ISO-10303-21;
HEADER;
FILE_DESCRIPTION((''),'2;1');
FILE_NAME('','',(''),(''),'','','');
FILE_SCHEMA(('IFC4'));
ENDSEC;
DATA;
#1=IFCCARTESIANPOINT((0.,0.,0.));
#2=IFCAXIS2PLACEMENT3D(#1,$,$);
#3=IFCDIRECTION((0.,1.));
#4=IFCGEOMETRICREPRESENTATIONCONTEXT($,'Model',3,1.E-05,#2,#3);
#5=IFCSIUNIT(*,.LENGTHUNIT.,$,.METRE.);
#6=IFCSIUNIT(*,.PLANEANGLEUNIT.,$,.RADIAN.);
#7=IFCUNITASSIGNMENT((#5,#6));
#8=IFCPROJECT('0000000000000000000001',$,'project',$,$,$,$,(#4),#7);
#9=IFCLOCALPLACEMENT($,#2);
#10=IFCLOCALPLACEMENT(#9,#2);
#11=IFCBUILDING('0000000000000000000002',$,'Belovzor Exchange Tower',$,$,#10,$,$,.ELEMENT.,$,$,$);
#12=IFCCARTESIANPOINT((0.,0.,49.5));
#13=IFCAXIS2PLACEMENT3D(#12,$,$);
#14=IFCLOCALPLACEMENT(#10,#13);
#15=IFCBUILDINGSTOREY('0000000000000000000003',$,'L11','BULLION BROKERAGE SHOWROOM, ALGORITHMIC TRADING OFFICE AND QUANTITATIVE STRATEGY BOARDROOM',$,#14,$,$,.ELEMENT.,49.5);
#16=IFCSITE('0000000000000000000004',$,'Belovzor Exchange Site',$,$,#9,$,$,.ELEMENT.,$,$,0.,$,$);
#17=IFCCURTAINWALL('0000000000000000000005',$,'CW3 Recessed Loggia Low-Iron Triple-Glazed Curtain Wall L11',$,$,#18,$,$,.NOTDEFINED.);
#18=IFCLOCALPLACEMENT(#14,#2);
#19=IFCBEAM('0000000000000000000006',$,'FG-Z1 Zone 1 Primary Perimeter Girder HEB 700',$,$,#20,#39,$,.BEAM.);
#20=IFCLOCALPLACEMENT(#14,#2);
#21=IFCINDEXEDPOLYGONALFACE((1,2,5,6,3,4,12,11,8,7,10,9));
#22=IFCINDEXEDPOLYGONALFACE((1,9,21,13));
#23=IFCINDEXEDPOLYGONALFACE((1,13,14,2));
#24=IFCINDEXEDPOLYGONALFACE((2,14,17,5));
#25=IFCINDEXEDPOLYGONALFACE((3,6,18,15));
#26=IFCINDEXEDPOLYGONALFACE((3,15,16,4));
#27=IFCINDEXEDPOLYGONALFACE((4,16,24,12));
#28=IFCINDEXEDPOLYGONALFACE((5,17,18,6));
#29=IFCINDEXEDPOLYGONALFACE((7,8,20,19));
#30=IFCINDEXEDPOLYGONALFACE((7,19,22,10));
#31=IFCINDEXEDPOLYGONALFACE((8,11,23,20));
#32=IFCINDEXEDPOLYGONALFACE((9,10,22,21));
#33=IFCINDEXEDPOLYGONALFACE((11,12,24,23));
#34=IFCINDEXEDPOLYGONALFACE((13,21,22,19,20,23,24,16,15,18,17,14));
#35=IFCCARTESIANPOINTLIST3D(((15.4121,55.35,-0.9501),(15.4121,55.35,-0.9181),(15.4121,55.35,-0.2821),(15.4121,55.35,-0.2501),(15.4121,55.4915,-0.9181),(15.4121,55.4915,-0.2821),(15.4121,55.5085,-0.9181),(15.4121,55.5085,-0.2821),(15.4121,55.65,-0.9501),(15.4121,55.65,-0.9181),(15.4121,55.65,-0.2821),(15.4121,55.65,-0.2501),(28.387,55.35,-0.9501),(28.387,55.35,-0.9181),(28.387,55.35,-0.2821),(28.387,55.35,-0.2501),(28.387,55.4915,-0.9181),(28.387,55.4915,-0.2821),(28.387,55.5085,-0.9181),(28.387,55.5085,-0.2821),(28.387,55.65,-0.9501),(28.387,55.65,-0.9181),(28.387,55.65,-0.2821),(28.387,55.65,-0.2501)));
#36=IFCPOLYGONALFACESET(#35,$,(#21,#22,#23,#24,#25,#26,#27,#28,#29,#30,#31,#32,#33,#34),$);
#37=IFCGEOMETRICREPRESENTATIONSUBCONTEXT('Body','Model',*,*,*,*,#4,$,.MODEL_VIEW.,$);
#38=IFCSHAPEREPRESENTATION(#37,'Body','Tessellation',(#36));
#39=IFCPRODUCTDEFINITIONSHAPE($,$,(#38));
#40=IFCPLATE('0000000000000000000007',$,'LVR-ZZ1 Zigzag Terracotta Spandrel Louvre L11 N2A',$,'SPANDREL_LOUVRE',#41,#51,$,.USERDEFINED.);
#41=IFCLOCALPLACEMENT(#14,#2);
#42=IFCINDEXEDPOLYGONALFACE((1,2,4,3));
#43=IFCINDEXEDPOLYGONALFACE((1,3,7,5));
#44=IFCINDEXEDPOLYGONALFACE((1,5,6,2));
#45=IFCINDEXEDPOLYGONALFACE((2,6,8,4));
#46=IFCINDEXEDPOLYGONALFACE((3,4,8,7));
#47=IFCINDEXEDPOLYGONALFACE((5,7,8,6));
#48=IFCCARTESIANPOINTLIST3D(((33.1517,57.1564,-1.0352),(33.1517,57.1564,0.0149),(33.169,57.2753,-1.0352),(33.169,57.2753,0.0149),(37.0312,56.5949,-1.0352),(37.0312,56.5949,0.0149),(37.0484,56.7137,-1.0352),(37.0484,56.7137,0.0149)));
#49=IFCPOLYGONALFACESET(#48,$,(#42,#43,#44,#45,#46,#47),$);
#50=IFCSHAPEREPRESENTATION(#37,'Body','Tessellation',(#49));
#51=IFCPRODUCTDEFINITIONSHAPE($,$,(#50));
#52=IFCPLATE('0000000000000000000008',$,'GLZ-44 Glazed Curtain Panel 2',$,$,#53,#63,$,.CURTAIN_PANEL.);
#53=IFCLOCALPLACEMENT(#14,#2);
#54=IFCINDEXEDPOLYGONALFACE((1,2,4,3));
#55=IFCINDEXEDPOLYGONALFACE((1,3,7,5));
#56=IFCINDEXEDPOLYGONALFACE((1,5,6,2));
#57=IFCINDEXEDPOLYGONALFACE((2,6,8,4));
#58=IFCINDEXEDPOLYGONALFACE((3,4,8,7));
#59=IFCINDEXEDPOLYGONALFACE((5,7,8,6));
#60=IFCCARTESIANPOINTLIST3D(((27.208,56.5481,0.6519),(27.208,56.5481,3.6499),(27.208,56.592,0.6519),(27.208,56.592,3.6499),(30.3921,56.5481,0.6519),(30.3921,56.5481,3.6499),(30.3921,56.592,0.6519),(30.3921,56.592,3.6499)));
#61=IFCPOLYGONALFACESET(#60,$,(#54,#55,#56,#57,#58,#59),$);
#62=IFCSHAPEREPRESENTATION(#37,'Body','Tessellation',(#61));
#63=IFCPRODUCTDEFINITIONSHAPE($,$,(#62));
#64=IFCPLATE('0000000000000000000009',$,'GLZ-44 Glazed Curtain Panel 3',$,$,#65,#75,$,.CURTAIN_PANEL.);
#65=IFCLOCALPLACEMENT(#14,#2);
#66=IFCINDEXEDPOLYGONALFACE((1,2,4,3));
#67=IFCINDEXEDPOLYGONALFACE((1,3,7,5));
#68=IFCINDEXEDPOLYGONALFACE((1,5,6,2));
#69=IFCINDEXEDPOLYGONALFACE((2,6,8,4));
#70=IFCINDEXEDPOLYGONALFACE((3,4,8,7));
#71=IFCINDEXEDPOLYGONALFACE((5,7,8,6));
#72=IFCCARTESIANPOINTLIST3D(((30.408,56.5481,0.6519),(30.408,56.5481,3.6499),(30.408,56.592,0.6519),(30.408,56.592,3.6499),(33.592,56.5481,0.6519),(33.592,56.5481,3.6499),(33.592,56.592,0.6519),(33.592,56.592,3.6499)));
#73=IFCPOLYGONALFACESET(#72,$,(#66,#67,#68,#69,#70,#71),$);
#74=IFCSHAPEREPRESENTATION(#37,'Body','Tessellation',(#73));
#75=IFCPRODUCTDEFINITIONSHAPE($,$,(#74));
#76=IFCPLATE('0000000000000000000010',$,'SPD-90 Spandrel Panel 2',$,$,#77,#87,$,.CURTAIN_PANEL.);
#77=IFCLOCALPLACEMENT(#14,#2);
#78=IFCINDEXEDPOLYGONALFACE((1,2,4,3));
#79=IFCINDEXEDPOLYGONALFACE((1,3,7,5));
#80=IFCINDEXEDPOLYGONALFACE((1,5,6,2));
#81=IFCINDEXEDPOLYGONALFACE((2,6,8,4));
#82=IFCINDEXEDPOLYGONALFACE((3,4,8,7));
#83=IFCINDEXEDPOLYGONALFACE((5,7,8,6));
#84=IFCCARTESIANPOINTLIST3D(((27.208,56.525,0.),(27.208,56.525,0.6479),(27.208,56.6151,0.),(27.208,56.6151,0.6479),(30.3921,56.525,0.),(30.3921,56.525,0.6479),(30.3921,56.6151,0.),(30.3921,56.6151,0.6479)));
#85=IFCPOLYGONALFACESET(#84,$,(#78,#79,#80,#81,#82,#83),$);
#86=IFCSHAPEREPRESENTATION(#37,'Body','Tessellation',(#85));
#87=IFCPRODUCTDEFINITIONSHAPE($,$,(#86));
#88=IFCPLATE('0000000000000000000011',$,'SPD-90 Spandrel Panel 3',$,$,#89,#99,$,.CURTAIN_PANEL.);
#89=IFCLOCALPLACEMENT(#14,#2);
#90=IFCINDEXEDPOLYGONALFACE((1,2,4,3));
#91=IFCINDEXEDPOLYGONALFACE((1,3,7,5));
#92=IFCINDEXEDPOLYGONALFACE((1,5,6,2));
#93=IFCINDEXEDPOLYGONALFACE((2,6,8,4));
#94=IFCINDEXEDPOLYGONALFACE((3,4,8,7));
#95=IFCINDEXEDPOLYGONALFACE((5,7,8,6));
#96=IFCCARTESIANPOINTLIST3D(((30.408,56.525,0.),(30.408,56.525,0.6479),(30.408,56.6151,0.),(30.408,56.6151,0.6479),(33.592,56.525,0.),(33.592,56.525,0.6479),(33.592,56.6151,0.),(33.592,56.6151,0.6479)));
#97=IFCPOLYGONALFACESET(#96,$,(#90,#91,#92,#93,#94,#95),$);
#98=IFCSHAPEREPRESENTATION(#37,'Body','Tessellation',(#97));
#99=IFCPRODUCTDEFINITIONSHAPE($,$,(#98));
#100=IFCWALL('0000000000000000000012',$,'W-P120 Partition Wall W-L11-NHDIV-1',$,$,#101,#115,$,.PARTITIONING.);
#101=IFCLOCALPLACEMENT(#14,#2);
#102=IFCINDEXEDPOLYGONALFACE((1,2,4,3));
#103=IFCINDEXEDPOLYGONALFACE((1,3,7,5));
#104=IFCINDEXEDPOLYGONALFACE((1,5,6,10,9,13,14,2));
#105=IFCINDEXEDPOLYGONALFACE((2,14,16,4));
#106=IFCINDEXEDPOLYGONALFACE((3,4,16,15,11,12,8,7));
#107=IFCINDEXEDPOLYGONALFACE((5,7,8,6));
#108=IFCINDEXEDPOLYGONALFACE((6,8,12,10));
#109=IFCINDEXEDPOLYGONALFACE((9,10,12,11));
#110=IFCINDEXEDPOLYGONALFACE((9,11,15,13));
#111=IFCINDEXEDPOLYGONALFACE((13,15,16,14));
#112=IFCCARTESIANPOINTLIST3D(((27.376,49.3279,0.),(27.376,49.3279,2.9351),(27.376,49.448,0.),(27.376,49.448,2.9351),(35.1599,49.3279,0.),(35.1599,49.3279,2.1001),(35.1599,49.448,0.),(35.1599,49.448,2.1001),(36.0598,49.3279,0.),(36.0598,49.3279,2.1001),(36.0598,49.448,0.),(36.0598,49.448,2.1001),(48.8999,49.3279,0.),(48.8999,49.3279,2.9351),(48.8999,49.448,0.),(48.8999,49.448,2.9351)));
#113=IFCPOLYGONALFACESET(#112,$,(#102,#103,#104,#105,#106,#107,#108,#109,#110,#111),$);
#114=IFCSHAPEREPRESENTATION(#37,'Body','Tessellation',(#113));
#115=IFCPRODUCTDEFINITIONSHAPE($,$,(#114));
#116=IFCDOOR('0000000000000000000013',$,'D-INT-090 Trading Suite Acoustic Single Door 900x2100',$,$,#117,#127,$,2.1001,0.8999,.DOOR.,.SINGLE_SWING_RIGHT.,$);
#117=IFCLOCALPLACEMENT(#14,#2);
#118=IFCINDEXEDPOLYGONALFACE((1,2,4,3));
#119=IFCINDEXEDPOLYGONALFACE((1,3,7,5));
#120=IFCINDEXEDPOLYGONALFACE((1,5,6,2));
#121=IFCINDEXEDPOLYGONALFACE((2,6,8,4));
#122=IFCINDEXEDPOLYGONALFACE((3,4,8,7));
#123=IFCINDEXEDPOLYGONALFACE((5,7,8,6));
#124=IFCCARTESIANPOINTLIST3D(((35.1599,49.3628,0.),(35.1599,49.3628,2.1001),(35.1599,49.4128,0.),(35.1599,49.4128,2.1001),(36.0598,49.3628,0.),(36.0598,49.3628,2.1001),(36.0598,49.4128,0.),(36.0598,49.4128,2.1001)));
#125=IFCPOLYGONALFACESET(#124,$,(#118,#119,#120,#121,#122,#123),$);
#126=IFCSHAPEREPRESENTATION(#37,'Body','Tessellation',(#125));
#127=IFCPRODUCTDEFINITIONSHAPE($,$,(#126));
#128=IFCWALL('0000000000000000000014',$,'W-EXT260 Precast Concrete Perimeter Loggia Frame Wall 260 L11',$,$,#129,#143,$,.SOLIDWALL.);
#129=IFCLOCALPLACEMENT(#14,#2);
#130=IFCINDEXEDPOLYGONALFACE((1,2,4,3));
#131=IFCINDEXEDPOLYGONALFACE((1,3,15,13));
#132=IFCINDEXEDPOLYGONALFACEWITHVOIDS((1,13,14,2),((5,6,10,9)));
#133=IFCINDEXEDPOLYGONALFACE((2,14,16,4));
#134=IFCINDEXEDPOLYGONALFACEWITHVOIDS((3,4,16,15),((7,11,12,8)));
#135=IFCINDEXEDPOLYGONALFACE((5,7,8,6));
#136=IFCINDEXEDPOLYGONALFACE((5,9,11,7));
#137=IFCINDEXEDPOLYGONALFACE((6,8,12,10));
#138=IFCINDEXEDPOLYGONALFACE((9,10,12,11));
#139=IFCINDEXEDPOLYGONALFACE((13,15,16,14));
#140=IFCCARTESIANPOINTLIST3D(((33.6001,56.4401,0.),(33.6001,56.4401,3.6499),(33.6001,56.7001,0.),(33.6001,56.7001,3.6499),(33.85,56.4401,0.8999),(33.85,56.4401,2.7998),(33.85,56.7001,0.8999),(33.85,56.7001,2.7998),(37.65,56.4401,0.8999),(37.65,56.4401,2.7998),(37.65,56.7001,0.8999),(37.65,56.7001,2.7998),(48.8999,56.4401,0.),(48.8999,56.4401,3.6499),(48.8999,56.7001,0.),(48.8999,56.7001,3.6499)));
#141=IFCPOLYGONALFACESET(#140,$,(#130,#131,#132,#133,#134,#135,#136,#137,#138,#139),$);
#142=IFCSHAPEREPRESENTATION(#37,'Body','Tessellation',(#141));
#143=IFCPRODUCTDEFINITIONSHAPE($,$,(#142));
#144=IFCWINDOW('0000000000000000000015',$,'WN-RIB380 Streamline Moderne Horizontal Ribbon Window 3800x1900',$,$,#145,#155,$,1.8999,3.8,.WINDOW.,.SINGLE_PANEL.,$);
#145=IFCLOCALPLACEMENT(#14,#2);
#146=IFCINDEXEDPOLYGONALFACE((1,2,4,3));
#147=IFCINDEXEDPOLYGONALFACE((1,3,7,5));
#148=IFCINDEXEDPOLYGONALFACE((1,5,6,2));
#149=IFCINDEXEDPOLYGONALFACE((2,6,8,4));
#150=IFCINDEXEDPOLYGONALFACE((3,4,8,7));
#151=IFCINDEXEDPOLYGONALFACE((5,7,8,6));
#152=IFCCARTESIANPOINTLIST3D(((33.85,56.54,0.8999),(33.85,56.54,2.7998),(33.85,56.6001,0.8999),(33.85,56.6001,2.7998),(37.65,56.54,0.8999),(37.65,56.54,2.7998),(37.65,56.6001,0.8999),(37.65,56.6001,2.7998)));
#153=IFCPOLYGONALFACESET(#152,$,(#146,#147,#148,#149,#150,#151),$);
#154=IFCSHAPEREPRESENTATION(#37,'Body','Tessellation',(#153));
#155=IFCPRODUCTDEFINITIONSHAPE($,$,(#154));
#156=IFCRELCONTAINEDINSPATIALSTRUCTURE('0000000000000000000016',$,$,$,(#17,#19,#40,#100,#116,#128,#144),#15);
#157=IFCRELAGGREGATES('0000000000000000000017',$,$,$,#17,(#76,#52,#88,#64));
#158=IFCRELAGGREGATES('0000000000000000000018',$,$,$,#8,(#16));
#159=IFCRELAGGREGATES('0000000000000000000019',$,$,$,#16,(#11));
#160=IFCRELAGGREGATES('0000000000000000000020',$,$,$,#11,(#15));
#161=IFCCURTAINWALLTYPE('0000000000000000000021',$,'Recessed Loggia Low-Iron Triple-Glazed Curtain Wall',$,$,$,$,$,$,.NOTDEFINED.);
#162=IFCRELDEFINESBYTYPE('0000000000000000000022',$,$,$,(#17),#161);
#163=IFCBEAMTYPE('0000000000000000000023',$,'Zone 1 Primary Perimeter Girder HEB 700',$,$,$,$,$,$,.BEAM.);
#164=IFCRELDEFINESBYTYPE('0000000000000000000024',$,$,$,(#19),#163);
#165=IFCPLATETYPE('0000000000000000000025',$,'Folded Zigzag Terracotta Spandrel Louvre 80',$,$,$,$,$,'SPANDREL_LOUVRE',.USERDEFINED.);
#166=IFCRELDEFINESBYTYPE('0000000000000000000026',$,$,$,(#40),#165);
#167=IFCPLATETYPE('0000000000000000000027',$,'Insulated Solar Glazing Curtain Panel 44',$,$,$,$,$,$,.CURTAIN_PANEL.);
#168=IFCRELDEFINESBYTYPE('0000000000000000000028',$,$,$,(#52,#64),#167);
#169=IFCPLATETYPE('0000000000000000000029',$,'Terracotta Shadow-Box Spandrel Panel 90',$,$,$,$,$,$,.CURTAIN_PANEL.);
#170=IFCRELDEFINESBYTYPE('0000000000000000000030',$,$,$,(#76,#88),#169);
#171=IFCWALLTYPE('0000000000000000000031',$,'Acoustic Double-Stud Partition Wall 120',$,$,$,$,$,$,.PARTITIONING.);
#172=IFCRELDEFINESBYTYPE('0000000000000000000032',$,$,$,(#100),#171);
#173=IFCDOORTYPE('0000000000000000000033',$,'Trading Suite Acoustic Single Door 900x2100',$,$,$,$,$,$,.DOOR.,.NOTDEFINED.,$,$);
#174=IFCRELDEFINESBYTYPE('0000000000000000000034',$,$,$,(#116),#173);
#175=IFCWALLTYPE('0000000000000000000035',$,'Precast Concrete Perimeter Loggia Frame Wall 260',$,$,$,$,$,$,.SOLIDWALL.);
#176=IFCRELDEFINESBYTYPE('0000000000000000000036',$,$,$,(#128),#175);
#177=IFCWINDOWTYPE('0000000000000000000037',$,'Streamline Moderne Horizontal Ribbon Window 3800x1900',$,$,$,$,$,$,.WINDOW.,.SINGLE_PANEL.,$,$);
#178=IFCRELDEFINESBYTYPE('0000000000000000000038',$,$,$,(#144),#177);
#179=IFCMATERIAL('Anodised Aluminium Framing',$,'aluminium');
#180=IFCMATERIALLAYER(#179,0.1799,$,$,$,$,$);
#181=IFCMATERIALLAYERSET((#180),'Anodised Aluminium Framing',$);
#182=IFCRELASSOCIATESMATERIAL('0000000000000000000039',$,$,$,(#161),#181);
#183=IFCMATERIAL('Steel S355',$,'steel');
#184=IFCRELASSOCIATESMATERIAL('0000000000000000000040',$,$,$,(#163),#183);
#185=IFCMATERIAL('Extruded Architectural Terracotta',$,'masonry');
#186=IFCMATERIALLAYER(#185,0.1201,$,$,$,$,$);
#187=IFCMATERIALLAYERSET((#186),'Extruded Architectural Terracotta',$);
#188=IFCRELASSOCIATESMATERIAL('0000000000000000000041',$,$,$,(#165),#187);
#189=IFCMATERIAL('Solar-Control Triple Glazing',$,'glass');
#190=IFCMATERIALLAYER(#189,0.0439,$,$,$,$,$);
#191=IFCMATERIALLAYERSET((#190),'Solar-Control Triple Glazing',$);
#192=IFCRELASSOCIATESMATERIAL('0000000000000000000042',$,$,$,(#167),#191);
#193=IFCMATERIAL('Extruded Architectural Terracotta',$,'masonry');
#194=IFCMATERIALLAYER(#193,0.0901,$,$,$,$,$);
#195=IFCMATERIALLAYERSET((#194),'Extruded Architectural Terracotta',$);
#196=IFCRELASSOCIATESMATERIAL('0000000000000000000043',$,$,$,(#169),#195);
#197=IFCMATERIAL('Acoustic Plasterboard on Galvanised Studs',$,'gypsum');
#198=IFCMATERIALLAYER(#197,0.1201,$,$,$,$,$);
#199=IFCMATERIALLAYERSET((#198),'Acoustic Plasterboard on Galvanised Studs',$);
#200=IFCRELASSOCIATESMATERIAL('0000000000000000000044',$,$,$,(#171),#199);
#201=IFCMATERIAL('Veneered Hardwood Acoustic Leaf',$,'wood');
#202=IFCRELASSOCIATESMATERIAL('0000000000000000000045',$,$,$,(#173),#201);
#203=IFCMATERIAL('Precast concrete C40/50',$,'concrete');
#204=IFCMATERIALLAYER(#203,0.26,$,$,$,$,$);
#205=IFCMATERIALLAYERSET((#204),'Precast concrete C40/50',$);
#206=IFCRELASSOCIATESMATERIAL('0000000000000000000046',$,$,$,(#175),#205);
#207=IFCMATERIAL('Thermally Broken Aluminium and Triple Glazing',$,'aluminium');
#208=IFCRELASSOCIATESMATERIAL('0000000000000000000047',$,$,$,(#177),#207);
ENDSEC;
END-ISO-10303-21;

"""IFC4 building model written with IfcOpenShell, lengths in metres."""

from ifc_helpers import new_model, si_unit, direction, frame, frame_2d, origin, origin_2d, place, context, subcontext, project, spatial, rectangle, i_section, extrude, material, layer, layer_set, material_profile, profile_set, type_object, element, fill, aggregate, save


model = new_model("IFC4")

# Units and contexts
model_context = context("Model", 3, precision=1e-05, world=origin(), true_north=direction((0.0, 1.0)))
body_context = subcontext(model_context, "Body", "Model", "MODEL_VIEW")
ifc_project = project(units=[si_unit("LENGTHUNIT", "METRE"), si_unit("PLANEANGLEUNIT", "RADIAN")], contexts=[model_context])

# Site, building, storey
site_placement = place(None, origin())
site = spatial("IfcSite", under=ifc_project, at=site_placement, Name="Belovzor Exchange Site", CompositionType="ELEMENT", RefElevation=0.0)
building_placement = place(site_placement, origin())
building = spatial("IfcBuilding", under=site, at=building_placement, Name="Belovzor Exchange Tower", CompositionType="ELEMENT")
storey_placement = place(building_placement, frame((0.0, 0.0, 49.5)))
storey = spatial("IfcBuildingStorey", under=building, at=storey_placement, Name="L11", Description="BULLION BROKERAGE SHOWROOM, ALGORITHMIC TRADING OFFICE AND QUANTITATIVE STRATEGY BOARDROOM", CompositionType="ELEMENT", Elevation=49.5)

# Curtain wall
ifc_material_1 = material(Name="Anodised Aluminium Framing", Category="aluminium")
ifc_layer_1 = layer(ifc_material_1, 0.1799)
ifc_layer_set_1 = layer_set([ifc_layer_1], Name="Anodised Aluminium Framing")
curtain_wall_type = type_object("IfcCurtainWallType", Name="Recessed Loggia Low-Iron Triple-Glazed Curtain Wall", PredefinedType="NOTDEFINED", material=ifc_layer_set_1)
curtain_wall_placement = place(storey_placement, origin())
curtain_wall = element("IfcCurtainWall", 1, at=curtain_wall_placement, inside=storey, type_object=curtain_wall_type, Name="CW3 Recessed Loggia Low-Iron Triple-Glazed Curtain Wall L11", PredefinedType="NOTDEFINED")

# Beam
ifc_material_2 = material(Name="Steel S355", Category="steel")
ifc_material_profile_1 = material_profile(ifc_material_2, i_section(OverallWidth=0.3, OverallDepth=0.7, WebThickness=0.0171, FlangeThickness=0.032, at=origin_2d()))
ifc_profile_set_1 = profile_set([ifc_material_profile_1], Name="Steel S355")
beam_type_1 = type_object("IfcBeamType", Name="Zone 1 Primary Perimeter Girder HEB 700", PredefinedType="BEAM", material=ifc_profile_set_1)
beam_1_placement = place(storey_placement, frame((28.387, 55.5, -0.6001), z_axis=(-1.0, 0.0, 0.0), x_axis=(0.0, -1.0, 0.0)))
element("IfcBeam", 2, at=beam_1_placement, inside=storey, type_object=beam_type_1, Name="FG-Z1 Zone 1 Primary Perimeter Girder HEB 700", PredefinedType="BEAM", context=body_context, shape_type="SweptSolid", body=[
    extrude(i_section(OverallWidth=0.3, OverallDepth=0.7, WebThickness=0.0171, FlangeThickness=0.032, at=origin_2d()), origin(), (0.0, 0.0, 1.0), 12.9749),
])

# Plates
ifc_material_3 = material(Name="Extruded Architectural Terracotta", Category="masonry")
ifc_layer_2 = layer(ifc_material_3, 0.1201)
ifc_layer_set_2 = layer_set([ifc_layer_2], Name="Extruded Architectural Terracotta")
plate_type_1 = type_object("IfcPlateType", Name="Folded Zigzag Terracotta Spandrel Louvre 80", ElementType="SPANDREL_LOUVRE", PredefinedType="USERDEFINED", material=ifc_layer_set_2)
plate_1_placement = place(storey_placement, frame((35.1001, 56.9351, -1.0352), z_axis=(0.0, 0.0, 1.0), x_axis=(0.989686, -0.143251, 0.0)))
element("IfcPlate", 3, at=plate_1_placement, inside=storey, type_object=plate_type_1, Name="LVR-ZZ1 Zigzag Terracotta Spandrel Louvre L11 N2A", ObjectType="SPANDREL_LOUVRE", PredefinedType="USERDEFINED", context=body_context, shape_type="SweptSolid", body=[
    extrude(rectangle(XDim=3.9199, YDim=0.1201, at=origin_2d()), origin(), (0.0, 0.0, 1.0), 1.05),
])
ifc_material_4 = material(Name="Solar-Control Triple Glazing", Category="glass")
ifc_layer_3 = layer(ifc_material_4, 0.0439)
ifc_layer_set_3 = layer_set([ifc_layer_3], Name="Solar-Control Triple Glazing")
plate_type_2 = type_object("IfcPlateType", Name="Insulated Solar Glazing Curtain Panel 44", PredefinedType="CURTAIN_PANEL", material=ifc_layer_set_3)
plate_2_placement = place(storey_placement, frame((28.8, 56.5701, 0.6519), z_axis=(0.0, 0.0, 1.0), x_axis=(1.0, 0.0, 0.0)))
plate_2 = element("IfcPlate", 4, at=plate_2_placement, type_object=plate_type_2, Name="GLZ-44 Glazed Curtain Panel 2", PredefinedType="CURTAIN_PANEL", context=body_context, shape_type="SweptSolid", body=[
    extrude(rectangle(XDim=3.1841, YDim=0.0439, at=origin_2d()), origin(), (0.0, 0.0, 1.0), 2.998),
])
plate_3_placement = place(storey_placement, frame((32.0, 56.5701, 0.6519), z_axis=(0.0, 0.0, 1.0), x_axis=(1.0, 0.0, 0.0)))
plate_3 = element("IfcPlate", 5, at=plate_3_placement, type_object=plate_type_2, Name="GLZ-44 Glazed Curtain Panel 3", PredefinedType="CURTAIN_PANEL", context=body_context, shape_type="SweptSolid", body=[
    extrude(rectangle(XDim=3.1841, YDim=0.0439, at=origin_2d()), origin(), (0.0, 0.0, 1.0), 2.998),
])
ifc_material_5 = material(Name="Extruded Architectural Terracotta", Category="masonry")
ifc_layer_4 = layer(ifc_material_5, 0.0901)
ifc_layer_set_4 = layer_set([ifc_layer_4], Name="Extruded Architectural Terracotta")
plate_type_3 = type_object("IfcPlateType", Name="Terracotta Shadow-Box Spandrel Panel 90", PredefinedType="CURTAIN_PANEL", material=ifc_layer_set_4)
plate_4_placement = place(storey_placement, frame((28.8, 56.5701, 0.0), z_axis=(0.0, 0.0, 1.0), x_axis=(1.0, 0.0, 0.0)))
plate_4 = element("IfcPlate", 6, at=plate_4_placement, type_object=plate_type_3, Name="SPD-90 Spandrel Panel 2", PredefinedType="CURTAIN_PANEL", context=body_context, shape_type="SweptSolid", body=[
    extrude(rectangle(XDim=3.1841, YDim=0.0901, at=origin_2d()), origin(), (0.0, 0.0, 1.0), 0.6479),
])
plate_5_placement = place(storey_placement, frame((32.0, 56.5701, 0.0), z_axis=(0.0, 0.0, 1.0), x_axis=(1.0, 0.0, 0.0)))
plate_5 = element("IfcPlate", 7, at=plate_5_placement, type_object=plate_type_3, Name="SPD-90 Spandrel Panel 3", PredefinedType="CURTAIN_PANEL", context=body_context, shape_type="SweptSolid", body=[
    extrude(rectangle(XDim=3.1841, YDim=0.0901, at=origin_2d()), origin(), (0.0, 0.0, 1.0), 0.6479),
])
aggregate(curtain_wall, [plate_4, plate_2, plate_5, plate_3])

# Wall, opening, door
ifc_material_6 = material(Name="Acoustic Plasterboard on Galvanised Studs", Category="gypsum")
ifc_layer_5 = layer(ifc_material_6, 0.1201)
ifc_layer_set_5 = layer_set([ifc_layer_5], Name="Acoustic Plasterboard on Galvanised Studs")
wall_type_1 = type_object("IfcWallType", Name="Acoustic Double-Stud Partition Wall 120", PredefinedType="PARTITIONING", material=ifc_layer_set_5)
wall_1_placement = place(storey_placement, frame((27.376, 49.3879, 0.0), z_axis=(0.0, 0.0, 1.0), x_axis=(1.0, 0.0, 0.0)))
wall_1 = element("IfcWall", 8, at=wall_1_placement, inside=storey, type_object=wall_type_1, Name="W-P120 Partition Wall W-L11-NHDIV-1", PredefinedType="PARTITIONING", context=body_context, shape_type="SweptSolid", body=[
    extrude(rectangle(XDim=21.5239, YDim=0.1201, at=frame_2d((10.762, 0.0))), origin(), (0.0, 0.0, 1.0), 2.9351),
])
opening_1_placement = place(wall_1_placement, frame((7.7839, 0.0, 0.0)))
opening_1 = element("IfcOpeningElement", 9, at=opening_1_placement, cuts=wall_1, PredefinedType="OPENING", context=body_context, shape_type="SweptSolid", body=[
    extrude(rectangle(XDim=0.8999, YDim=2.1001, at=frame_2d((0.45, 1.05))), frame((0.0, 0.0701, 0.0), z_axis=(0.0, -1.0, 0.0), x_axis=(1.0, 0.0, 0.0)), (0.0, 0.0, 1.0), 0.1401),
])
ifc_material_7 = material(Name="Veneered Hardwood Acoustic Leaf", Category="wood")
door_type = type_object("IfcDoorType", Name="Trading Suite Acoustic Single Door 900x2100", OperationType="NOTDEFINED", PredefinedType="DOOR", material=ifc_material_7)
door_placement = place(opening_1_placement, origin())
door = element("IfcDoor", 10, at=door_placement, inside=storey, type_object=door_type, Name="D-INT-090 Trading Suite Acoustic Single Door 900x2100", OperationType="SINGLE_SWING_RIGHT", OverallHeight=2.1001, OverallWidth=0.8999, PredefinedType="DOOR", context=body_context, shape_type="SweptSolid", body=[
    extrude(rectangle(XDim=0.8999, YDim=2.1001, at=frame_2d((0.45, 1.05))), frame((0.0, 0.0249, 0.0), z_axis=(0.0, -1.0, 0.0), x_axis=(1.0, 0.0, 0.0)), (0.0, 0.0, 1.0), 0.05),
])
fill(opening_1, door)

# Wall, opening, window
ifc_material_8 = material(Name="Precast concrete C40/50", Category="concrete")
ifc_layer_6 = layer(ifc_material_8, 0.26)
ifc_layer_set_6 = layer_set([ifc_layer_6], Name="Precast concrete C40/50")
wall_type_2 = type_object("IfcWallType", Name="Precast Concrete Perimeter Loggia Frame Wall 260", PredefinedType="SOLIDWALL", material=ifc_layer_set_6)
wall_2_placement = place(storey_placement, frame((33.6001, 56.5701, 0.0), z_axis=(0.0, 0.0, 1.0), x_axis=(1.0, 0.0, 0.0)))
wall_2 = element("IfcWall", 11, at=wall_2_placement, inside=storey, type_object=wall_type_2, Name="W-EXT260 Precast Concrete Perimeter Loggia Frame Wall 260 L11", PredefinedType="SOLIDWALL", context=body_context, shape_type="SweptSolid", body=[
    extrude(rectangle(XDim=15.2998, YDim=0.26, at=frame_2d((7.6499, 0.0))), origin(), (0.0, 0.0, 1.0), 3.6499),
])
opening_2_placement = place(wall_2_placement, frame((0.25, 0.0, 0.8999)))
opening_2 = element("IfcOpeningElement", 12, at=opening_2_placement, cuts=wall_2, PredefinedType="OPENING", context=body_context, shape_type="SweptSolid", body=[
    extrude(rectangle(XDim=3.8, YDim=1.8999, at=frame_2d((1.8999, 0.95))), frame((0.0, 0.1399, 0.0), z_axis=(0.0, -1.0, 0.0), x_axis=(1.0, 0.0, 0.0)), (0.0, 0.0, 1.0), 0.28),
])
ifc_material_9 = material(Name="Thermally Broken Aluminium and Triple Glazing", Category="aluminium")
window_type = type_object("IfcWindowType", Name="Streamline Moderne Horizontal Ribbon Window 3800x1900", PartitioningType="SINGLE_PANEL", PredefinedType="WINDOW", material=ifc_material_9)
window_placement = place(opening_2_placement, origin())
window = element("IfcWindow", 13, at=window_placement, inside=storey, type_object=window_type, Name="WN-RIB380 Streamline Moderne Horizontal Ribbon Window 3800x1900", OverallHeight=1.8999, OverallWidth=3.8, PartitioningType="SINGLE_PANEL", PredefinedType="WINDOW", context=body_context, shape_type="SweptSolid", body=[
    extrude(rectangle(XDim=3.8, YDim=1.8999, at=frame_2d((1.8999, 0.95))), frame((0.0, 0.03, 0.0), z_axis=(0.0, -1.0, 0.0), x_axis=(1.0, 0.0, 0.0)), (0.0, 0.0, 1.0), 0.0601),
])
fill(opening_2, window)

save(model, "model.ifc")
